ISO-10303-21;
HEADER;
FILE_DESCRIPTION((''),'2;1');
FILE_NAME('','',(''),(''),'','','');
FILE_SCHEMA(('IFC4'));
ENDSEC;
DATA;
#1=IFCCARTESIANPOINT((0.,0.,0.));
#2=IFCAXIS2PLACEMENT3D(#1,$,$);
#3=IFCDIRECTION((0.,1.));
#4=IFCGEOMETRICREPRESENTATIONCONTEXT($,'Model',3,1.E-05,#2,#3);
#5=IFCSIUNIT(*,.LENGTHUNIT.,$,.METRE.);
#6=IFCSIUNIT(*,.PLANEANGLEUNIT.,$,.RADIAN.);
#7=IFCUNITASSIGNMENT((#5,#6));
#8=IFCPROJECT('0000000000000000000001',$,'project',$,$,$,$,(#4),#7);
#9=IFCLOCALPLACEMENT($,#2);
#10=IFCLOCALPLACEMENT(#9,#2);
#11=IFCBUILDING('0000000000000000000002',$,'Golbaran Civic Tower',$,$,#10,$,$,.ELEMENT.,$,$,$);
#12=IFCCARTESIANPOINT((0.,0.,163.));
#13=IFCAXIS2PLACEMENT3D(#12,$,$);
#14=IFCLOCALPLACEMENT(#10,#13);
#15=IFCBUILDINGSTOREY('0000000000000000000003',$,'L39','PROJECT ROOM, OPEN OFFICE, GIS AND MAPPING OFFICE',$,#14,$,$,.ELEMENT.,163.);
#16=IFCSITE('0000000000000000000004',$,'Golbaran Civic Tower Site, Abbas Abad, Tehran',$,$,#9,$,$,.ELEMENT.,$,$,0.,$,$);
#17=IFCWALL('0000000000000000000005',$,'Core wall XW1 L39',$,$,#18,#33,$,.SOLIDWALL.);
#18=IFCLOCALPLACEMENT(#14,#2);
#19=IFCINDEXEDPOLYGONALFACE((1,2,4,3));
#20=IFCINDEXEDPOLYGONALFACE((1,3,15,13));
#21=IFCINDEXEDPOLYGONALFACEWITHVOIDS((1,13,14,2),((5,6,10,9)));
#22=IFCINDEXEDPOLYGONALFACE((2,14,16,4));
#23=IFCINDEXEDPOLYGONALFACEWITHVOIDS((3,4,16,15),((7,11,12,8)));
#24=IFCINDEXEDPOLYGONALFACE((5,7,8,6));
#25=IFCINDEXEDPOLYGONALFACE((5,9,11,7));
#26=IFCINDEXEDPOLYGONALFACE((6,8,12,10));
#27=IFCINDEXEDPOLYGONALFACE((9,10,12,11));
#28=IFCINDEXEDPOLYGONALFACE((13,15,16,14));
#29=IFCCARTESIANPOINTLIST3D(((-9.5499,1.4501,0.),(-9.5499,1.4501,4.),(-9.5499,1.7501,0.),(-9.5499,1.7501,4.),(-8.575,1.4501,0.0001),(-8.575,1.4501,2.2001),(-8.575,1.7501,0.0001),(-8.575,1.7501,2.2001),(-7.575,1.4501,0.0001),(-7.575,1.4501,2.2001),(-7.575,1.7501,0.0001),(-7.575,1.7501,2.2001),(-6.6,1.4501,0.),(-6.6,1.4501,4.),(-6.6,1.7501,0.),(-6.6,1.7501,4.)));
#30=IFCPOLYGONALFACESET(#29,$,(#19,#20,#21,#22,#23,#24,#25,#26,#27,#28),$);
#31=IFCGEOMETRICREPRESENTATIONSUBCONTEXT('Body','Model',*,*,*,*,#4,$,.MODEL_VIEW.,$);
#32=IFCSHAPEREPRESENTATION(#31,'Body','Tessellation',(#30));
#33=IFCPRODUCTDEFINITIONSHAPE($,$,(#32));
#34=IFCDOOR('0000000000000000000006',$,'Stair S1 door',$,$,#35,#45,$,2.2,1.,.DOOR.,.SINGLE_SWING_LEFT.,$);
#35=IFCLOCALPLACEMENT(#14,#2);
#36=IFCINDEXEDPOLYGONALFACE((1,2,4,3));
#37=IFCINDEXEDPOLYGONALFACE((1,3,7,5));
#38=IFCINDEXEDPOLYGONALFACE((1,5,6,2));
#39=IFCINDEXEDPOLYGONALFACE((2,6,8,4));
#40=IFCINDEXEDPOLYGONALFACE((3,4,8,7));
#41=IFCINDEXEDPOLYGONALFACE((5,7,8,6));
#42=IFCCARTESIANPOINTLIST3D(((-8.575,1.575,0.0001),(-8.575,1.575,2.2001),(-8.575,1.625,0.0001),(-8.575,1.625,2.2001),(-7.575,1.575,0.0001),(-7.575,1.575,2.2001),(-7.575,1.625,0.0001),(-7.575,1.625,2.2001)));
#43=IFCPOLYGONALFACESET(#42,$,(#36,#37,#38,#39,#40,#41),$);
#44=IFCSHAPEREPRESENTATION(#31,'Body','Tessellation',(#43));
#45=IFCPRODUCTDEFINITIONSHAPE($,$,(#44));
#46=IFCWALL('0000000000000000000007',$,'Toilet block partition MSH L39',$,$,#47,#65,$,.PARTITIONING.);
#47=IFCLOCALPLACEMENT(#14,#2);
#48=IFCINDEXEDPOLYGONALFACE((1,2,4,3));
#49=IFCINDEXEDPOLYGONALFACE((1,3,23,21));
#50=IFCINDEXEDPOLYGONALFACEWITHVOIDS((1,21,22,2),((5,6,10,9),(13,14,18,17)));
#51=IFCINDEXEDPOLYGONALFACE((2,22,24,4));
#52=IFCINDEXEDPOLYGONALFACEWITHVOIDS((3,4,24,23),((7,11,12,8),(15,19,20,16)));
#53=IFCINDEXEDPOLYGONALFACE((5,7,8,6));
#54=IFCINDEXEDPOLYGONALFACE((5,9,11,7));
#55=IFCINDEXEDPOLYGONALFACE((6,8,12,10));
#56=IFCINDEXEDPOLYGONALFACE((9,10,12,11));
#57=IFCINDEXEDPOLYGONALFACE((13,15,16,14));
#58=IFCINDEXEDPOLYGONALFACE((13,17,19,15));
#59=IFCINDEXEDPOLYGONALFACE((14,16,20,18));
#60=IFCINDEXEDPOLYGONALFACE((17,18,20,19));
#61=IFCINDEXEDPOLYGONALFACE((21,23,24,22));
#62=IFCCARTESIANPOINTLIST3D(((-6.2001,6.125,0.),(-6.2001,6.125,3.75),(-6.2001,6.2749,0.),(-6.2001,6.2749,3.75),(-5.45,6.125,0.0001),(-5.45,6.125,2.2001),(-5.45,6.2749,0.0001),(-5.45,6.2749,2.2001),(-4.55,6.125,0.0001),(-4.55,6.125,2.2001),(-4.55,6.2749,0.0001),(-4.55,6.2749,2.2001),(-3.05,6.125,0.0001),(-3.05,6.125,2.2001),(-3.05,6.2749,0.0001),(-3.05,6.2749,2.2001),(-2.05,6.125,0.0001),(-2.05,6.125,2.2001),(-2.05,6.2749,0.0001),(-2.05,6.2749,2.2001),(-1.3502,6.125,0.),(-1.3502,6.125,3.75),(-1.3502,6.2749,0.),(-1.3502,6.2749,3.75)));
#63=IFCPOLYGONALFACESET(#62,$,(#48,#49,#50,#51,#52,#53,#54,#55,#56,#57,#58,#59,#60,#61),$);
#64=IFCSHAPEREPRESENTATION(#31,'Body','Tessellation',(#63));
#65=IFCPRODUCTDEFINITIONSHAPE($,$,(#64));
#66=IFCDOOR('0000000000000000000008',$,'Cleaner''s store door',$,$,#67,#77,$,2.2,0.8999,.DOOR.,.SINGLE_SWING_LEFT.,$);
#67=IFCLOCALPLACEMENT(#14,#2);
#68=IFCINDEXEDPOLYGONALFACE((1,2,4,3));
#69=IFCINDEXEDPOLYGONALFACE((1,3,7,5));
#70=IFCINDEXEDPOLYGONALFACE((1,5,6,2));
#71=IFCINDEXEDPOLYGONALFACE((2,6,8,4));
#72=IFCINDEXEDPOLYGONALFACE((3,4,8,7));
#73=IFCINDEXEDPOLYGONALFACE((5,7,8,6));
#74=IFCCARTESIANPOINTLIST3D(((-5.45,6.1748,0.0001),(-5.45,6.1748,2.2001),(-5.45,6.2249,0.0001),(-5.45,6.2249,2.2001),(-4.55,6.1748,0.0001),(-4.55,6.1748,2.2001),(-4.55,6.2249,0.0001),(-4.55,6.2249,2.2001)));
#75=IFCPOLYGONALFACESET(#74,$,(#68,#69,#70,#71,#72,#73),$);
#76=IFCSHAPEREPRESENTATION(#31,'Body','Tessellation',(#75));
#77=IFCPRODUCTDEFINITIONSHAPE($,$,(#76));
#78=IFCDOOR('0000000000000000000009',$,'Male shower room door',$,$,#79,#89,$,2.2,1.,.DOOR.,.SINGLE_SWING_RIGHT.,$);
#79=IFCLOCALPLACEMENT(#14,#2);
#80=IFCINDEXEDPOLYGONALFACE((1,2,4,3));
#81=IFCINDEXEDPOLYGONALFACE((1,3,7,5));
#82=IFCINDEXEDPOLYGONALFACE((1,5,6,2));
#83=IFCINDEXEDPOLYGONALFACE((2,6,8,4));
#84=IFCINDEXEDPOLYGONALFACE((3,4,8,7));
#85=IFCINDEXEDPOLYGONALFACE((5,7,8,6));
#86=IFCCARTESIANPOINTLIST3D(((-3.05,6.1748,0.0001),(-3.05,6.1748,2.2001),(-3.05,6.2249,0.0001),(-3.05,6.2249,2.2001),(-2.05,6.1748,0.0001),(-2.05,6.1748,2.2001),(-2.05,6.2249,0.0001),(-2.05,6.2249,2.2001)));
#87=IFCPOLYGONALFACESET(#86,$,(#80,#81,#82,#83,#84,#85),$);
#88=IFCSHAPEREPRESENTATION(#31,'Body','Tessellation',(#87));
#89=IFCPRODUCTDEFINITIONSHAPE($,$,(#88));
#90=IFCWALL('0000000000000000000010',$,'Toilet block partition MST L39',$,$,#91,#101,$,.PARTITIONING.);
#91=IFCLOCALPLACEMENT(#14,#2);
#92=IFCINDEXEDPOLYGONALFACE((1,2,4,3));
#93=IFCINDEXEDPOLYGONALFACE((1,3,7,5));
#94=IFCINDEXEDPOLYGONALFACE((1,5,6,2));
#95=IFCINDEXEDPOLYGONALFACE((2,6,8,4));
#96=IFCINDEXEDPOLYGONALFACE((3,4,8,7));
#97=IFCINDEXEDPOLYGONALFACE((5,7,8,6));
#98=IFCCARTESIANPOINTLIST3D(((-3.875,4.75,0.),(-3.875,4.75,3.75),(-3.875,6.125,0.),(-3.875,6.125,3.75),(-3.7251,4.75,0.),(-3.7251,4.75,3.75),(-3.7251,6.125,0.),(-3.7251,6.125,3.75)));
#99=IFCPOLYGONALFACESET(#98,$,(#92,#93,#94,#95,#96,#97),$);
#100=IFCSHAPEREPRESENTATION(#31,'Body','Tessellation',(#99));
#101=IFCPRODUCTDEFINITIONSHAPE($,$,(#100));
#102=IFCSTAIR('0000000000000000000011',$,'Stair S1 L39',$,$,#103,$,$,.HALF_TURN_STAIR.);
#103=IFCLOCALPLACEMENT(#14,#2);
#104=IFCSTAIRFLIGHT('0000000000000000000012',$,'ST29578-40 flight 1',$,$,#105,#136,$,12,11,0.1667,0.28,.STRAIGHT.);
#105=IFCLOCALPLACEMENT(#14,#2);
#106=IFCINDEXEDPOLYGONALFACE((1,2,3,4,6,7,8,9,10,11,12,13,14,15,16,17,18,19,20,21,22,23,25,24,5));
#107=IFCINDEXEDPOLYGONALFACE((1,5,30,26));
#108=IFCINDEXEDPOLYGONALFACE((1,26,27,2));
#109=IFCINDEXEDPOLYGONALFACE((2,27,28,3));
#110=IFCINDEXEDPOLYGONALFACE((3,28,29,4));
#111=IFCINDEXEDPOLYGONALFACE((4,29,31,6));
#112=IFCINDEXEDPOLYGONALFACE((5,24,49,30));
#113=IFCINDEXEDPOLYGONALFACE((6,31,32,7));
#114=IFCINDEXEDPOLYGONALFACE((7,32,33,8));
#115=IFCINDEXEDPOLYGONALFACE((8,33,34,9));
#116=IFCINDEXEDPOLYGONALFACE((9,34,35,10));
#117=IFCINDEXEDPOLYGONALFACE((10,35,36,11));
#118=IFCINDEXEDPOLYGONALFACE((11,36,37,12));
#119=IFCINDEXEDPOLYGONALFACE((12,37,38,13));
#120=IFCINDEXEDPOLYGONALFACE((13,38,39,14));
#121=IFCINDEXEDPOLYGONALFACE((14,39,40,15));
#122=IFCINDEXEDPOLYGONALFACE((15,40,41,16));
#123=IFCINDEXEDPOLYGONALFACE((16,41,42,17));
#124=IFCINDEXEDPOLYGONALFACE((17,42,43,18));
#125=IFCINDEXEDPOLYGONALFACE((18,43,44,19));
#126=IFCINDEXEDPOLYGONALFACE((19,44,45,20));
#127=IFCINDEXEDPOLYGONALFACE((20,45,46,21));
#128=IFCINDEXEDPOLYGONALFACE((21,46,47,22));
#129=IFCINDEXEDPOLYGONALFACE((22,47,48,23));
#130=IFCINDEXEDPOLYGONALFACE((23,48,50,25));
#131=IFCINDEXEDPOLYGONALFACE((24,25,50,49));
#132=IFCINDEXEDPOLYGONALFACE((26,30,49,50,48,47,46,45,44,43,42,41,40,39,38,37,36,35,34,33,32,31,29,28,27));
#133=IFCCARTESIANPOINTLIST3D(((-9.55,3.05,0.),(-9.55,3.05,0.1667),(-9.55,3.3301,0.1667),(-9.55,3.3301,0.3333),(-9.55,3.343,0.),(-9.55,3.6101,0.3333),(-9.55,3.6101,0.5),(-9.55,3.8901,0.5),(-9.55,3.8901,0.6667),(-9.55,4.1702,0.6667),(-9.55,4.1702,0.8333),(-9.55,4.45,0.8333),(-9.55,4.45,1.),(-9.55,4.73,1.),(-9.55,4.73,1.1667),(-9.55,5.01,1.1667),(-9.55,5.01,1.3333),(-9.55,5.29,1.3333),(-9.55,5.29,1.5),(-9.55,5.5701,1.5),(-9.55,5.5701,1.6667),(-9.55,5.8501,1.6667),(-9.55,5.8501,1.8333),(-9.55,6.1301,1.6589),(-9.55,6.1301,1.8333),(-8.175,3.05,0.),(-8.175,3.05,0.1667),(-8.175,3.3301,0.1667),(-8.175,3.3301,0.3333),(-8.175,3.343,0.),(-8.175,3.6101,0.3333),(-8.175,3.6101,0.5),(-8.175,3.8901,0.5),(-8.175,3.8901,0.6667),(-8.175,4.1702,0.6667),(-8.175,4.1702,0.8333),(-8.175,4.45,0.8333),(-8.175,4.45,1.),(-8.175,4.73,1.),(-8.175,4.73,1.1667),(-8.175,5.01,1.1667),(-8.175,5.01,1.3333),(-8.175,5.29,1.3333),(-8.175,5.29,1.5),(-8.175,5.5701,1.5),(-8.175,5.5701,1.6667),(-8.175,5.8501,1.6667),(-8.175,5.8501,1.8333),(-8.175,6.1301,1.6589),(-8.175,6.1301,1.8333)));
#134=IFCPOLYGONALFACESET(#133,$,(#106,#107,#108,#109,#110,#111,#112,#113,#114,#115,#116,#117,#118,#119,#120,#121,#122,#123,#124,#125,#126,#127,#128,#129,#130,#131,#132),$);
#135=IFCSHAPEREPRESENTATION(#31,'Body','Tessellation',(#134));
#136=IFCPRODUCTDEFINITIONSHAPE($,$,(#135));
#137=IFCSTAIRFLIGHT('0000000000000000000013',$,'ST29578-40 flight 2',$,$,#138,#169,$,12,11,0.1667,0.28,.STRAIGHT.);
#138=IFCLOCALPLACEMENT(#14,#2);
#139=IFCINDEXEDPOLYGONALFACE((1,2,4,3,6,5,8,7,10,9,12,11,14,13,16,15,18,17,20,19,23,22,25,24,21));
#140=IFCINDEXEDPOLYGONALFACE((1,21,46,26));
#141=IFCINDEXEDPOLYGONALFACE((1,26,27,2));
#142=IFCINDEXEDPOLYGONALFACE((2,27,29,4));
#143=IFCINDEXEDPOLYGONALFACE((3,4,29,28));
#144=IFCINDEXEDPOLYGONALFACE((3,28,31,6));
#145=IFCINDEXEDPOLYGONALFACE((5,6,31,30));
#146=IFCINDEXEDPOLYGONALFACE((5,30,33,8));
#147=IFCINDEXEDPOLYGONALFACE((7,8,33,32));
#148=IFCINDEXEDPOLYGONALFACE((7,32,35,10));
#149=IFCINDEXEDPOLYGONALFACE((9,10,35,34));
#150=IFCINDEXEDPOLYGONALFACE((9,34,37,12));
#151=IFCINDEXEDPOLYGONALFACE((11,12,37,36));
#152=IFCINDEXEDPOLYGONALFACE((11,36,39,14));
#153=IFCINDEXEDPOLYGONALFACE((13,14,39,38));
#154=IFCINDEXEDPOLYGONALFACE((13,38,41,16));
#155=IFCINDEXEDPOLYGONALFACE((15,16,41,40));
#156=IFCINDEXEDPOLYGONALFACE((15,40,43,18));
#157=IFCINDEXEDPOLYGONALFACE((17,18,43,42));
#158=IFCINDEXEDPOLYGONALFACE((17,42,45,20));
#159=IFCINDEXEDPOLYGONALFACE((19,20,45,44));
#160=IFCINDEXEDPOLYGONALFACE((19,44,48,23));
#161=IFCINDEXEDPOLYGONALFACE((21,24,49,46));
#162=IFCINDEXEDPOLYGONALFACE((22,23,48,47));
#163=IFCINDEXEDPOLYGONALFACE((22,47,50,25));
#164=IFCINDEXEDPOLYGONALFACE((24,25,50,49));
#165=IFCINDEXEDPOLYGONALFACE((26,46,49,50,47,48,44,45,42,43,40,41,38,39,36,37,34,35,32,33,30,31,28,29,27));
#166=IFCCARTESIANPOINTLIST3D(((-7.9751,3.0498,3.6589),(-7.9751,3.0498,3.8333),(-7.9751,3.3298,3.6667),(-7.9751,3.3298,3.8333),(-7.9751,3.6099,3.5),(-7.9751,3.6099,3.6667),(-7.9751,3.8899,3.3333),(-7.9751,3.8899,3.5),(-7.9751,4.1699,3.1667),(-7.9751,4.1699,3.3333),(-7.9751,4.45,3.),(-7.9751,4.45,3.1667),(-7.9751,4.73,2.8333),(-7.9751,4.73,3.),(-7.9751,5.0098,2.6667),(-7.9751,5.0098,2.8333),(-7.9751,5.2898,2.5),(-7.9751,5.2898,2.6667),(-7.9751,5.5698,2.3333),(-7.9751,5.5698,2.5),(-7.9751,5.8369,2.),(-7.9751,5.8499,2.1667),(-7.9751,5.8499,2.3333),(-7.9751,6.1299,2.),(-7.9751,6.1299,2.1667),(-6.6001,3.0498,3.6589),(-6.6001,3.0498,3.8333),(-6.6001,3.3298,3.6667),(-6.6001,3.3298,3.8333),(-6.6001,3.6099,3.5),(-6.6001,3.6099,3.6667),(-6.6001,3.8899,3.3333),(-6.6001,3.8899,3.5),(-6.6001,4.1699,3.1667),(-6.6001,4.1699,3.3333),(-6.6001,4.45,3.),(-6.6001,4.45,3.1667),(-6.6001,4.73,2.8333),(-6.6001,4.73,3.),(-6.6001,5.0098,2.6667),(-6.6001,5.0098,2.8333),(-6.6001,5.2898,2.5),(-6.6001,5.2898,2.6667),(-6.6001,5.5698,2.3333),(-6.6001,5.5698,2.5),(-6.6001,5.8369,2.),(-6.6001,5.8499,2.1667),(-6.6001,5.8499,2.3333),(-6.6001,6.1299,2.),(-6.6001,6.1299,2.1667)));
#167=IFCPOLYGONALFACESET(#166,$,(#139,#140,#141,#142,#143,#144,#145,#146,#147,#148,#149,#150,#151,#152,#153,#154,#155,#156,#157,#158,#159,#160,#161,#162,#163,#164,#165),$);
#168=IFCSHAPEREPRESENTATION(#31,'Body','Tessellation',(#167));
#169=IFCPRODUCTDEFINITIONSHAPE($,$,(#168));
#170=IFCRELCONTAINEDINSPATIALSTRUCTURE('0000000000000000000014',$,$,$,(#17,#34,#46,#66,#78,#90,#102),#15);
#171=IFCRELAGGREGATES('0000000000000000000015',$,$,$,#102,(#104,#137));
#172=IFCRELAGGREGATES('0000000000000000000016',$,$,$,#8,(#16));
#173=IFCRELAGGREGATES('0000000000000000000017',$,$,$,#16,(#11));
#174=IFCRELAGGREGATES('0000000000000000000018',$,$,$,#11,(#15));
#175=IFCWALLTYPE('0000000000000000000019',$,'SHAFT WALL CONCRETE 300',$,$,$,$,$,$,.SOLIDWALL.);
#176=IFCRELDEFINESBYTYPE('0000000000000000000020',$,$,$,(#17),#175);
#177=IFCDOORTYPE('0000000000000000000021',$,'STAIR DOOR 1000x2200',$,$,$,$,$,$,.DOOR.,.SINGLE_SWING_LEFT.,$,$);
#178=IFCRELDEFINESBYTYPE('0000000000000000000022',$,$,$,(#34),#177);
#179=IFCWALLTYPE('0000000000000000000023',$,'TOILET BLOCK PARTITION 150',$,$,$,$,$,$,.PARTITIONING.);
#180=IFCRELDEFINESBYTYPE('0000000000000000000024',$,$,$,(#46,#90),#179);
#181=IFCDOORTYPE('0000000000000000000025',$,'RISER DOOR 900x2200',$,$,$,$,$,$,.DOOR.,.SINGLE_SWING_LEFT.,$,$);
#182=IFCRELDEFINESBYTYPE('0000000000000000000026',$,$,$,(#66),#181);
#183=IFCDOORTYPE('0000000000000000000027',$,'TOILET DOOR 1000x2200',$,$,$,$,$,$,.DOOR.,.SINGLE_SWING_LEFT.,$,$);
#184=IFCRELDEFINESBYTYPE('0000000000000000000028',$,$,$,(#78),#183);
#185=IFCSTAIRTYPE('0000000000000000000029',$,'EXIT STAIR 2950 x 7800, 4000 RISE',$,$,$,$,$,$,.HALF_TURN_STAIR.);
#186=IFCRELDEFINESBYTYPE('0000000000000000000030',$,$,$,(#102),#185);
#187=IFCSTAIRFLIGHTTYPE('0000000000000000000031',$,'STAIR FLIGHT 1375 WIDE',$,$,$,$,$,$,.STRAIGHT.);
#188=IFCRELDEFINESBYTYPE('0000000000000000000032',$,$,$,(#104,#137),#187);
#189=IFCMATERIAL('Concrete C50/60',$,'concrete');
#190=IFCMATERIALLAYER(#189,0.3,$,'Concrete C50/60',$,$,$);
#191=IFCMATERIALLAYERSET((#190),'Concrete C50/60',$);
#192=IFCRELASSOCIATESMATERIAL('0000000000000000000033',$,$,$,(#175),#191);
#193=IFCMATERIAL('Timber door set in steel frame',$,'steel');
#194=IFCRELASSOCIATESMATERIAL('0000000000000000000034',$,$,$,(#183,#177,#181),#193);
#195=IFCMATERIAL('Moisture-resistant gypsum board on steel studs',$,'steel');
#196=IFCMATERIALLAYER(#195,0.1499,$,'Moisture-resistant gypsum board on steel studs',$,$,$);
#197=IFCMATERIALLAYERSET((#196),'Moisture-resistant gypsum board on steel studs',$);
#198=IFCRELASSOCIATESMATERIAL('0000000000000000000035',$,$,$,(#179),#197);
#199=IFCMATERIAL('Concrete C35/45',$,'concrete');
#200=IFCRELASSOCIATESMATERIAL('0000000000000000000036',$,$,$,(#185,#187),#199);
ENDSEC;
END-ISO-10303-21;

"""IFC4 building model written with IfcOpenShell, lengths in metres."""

from ifc_helpers import new_model, si_unit, direction, frame, frame_2d, origin, place, context, subcontext, project, spatial, polyline, rectangle, outline, extrude, material, layer, layer_set, type_object, element, fill, aggregate, save


model = new_model("IFC4")

# Units and contexts
model_context = context("Model", 3, precision=1e-05, world=origin(), true_north=direction((0.0, 1.0)))
body_context = subcontext(model_context, "Body", "Model", "MODEL_VIEW")
ifc_project = project(units=[si_unit("LENGTHUNIT", "METRE"), si_unit("PLANEANGLEUNIT", "RADIAN")], contexts=[model_context])

# Site, building, storey
site_placement = place(None, origin())
site = spatial("IfcSite", under=ifc_project, at=site_placement, Name="Golbaran Civic Tower Site, Abbas Abad, Tehran", CompositionType="ELEMENT", RefElevation=0.0)
building_placement = place(site_placement, origin())
building = spatial("IfcBuilding", under=site, at=building_placement, Name="Golbaran Civic Tower", CompositionType="ELEMENT")
storey_placement = place(building_placement, frame((0.0, 0.0, 163.0)))
storey = spatial("IfcBuildingStorey", under=building, at=storey_placement, Name="L39", Description="PROJECT ROOM, OPEN OFFICE, GIS AND MAPPING OFFICE", CompositionType="ELEMENT", Elevation=163.0)

# Shared definitions
ifc_material_1 = material(Name="Timber door set in steel frame", Category="steel")

# Shared definitions
ifc_material_2 = material(Name="Concrete C50/60", Category="concrete")
ifc_layer_1 = layer(ifc_material_2, 0.3, Name="Concrete C50/60")
ifc_layer_set_1 = layer_set([ifc_layer_1], Name="Concrete C50/60")
wall_type_1 = type_object("IfcWallType", Name="SHAFT WALL CONCRETE 300", PredefinedType="SOLIDWALL", material=ifc_layer_set_1)

# Wall, opening, door
door_type_1 = type_object("IfcDoorType", Name="TOILET DOOR 1000x2200", OperationType="SINGLE_SWING_LEFT", PredefinedType="DOOR", material=ifc_material_1)
wall_1_placement = place(storey_placement, frame((-9.55, 1.6001, 0.0), z_axis=(0.0, 0.0, 1.0), x_axis=(1.0, 0.0, 0.0)))
wall_1 = element("IfcWall", 1, at=wall_1_placement, inside=storey, type_object=wall_type_1, Name="Core wall XW1 L39", PredefinedType="SOLIDWALL", context=body_context, shape_type="SweptSolid", body=[
    extrude(rectangle(XDim=2.95, YDim=0.3, at=frame_2d((1.4751, 0.0))), origin(), (0.0, 0.0, 1.0), 4.0),
])
opening_1_placement = place(wall_1_placement, frame((0.9751, 0.0, 0.0)))
opening_1 = element("IfcOpeningElement", 2, at=opening_1_placement, cuts=wall_1, PredefinedType="OPENING", context=body_context, shape_type="SweptSolid", body=[
    extrude(rectangle(XDim=1.0, YDim=2.2, at=frame_2d((0.5, 1.1001))), frame((0.0, 0.1599, 0.0), z_axis=(0.0, -1.0, 0.0), x_axis=(1.0, 0.0, 0.0)), (0.0, 0.0, 1.0), 0.3201),
])
door_type_2 = type_object("IfcDoorType", Name="STAIR DOOR 1000x2200", OperationType="SINGLE_SWING_LEFT", PredefinedType="DOOR", material=ifc_material_1)
door_1_placement = place(opening_1_placement, origin())
door_1 = element("IfcDoor", 3, at=door_1_placement, inside=storey, type_object=door_type_2, Name="Stair S1 door", OperationType="SINGLE_SWING_LEFT", OverallHeight=2.2, OverallWidth=1.0, PredefinedType="DOOR", context=body_context, shape_type="SweptSolid", body=[
    extrude(rectangle(XDim=1.0, YDim=2.2, at=frame_2d((0.5, 1.1001))), frame((0.0, 0.0249, 0.0), z_axis=(0.0, -1.0, 0.0), x_axis=(1.0, 0.0, 0.0)), (0.0, 0.0, 1.0), 0.05),
])
fill(opening_1, door_1)

# Wall, openings, doors
ifc_material_3 = material(Name="Moisture-resistant gypsum board on steel studs", Category="steel")
ifc_layer_2 = layer(ifc_material_3, 0.1499, Name="Moisture-resistant gypsum board on steel studs")
ifc_layer_set_2 = layer_set([ifc_layer_2], Name="Moisture-resistant gypsum board on steel studs")
wall_type_2 = type_object("IfcWallType", Name="TOILET BLOCK PARTITION 150", PredefinedType="PARTITIONING", material=ifc_layer_set_2)
wall_2_placement = place(storey_placement, frame((-6.2, 6.2, 0.0), z_axis=(0.0, 0.0, 1.0), x_axis=(1.0, 0.0, 0.0)))
wall_2 = element("IfcWall", 4, at=wall_2_placement, inside=storey, type_object=wall_type_2, Name="Toilet block partition MSH L39", PredefinedType="PARTITIONING", context=body_context, shape_type="SweptSolid", body=[
    extrude(rectangle(XDim=4.8499, YDim=0.1499, at=frame_2d((2.4248, 0.0))), origin(), (0.0, 0.0, 1.0), 3.75),
])
opening_2_placement = place(wall_2_placement, frame((3.1499, 0.0, 0.0)))
opening_2 = element("IfcOpeningElement", 5, at=opening_2_placement, cuts=wall_2, PredefinedType="OPENING", context=body_context, shape_type="SweptSolid", body=[
    extrude(rectangle(XDim=1.0, YDim=2.2, at=frame_2d((0.5, 1.1001))), frame((0.0, 0.085, 0.0), z_axis=(0.0, -1.0, 0.0), x_axis=(1.0, 0.0, 0.0)), (0.0, 0.0, 1.0), 0.1699),
])
opening_3_placement = place(wall_2_placement, frame((0.75, 0.0, 0.0)))
opening_3 = element("IfcOpeningElement", 6, at=opening_3_placement, cuts=wall_2, PredefinedType="OPENING", context=body_context, shape_type="SweptSolid", body=[
    extrude(rectangle(XDim=0.8999, YDim=2.2, at=frame_2d((0.45, 1.1001))), frame((0.0, 0.085, 0.0), z_axis=(0.0, -1.0, 0.0), x_axis=(1.0, 0.0, 0.0)), (0.0, 0.0, 1.0), 0.1699),
])
door_type_3 = type_object("IfcDoorType", Name="RISER DOOR 900x2200", OperationType="SINGLE_SWING_LEFT", PredefinedType="DOOR", material=ifc_material_1)
door_2_placement = place(opening_3_placement, origin())
door_2 = element("IfcDoor", 7, at=door_2_placement, inside=storey, type_object=door_type_3, Name="Cleaner's store door", OperationType="SINGLE_SWING_LEFT", OverallHeight=2.2, OverallWidth=0.8999, PredefinedType="DOOR", context=body_context, shape_type="SweptSolid", body=[
    extrude(rectangle(XDim=0.8999, YDim=2.2, at=frame_2d((0.45, 1.1001))), frame((0.0, 0.0249, 0.0), z_axis=(0.0, -1.0, 0.0), x_axis=(1.0, 0.0, 0.0)), (0.0, 0.0, 1.0), 0.05),
])
fill(opening_3, door_2)
door_3_placement = place(opening_2_placement, origin())
door_3 = element("IfcDoor", 8, at=door_3_placement, inside=storey, type_object=door_type_1, Name="Male shower room door", OperationType="SINGLE_SWING_RIGHT", OverallHeight=2.2, OverallWidth=1.0, PredefinedType="DOOR", context=body_context, shape_type="SweptSolid", body=[
    extrude(rectangle(XDim=1.0, YDim=2.2, at=frame_2d((0.5, 1.1001))), frame((0.0, 0.0249, 0.0), z_axis=(0.0, -1.0, 0.0), x_axis=(1.0, 0.0, 0.0)), (0.0, 0.0, 1.0), 0.05),
])
fill(opening_2, door_3)

# Wall
wall_3_placement = place(storey_placement, frame((-3.8, 4.75, 0.0), z_axis=(0.0, 0.0, 1.0), x_axis=(0.0, 1.0, 0.0)))
element("IfcWall", 9, at=wall_3_placement, inside=storey, type_object=wall_type_2, Name="Toilet block partition MST L39", PredefinedType="PARTITIONING", context=body_context, shape_type="SweptSolid", body=[
    extrude(rectangle(XDim=1.375, YDim=0.1499, at=frame_2d((0.6875, 0.0))), origin(), (0.0, 0.0, 1.0), 3.75),
])

# Stair, stair flights
ifc_material_4 = material(Name="Concrete C35/45", Category="concrete")
stair_type = type_object("IfcStairType", Name="EXIT STAIR 2950 x 7800, 4000 RISE", PredefinedType="HALF_TURN_STAIR", material=ifc_material_4)
stair_placement = place(storey_placement, origin())
stair = element("IfcStair", 10, at=stair_placement, inside=storey, type_object=stair_type, Name="Stair S1 L39", PredefinedType="HALF_TURN_STAIR")
stair_flight_type = type_object("IfcStairFlightType", Name="STAIR FLIGHT 1375 WIDE", PredefinedType="STRAIGHT", material=ifc_material_4)
stair_flight_1_placement = place(storey_placement, frame((-8.8625, 3.05, 0.0), z_axis=(0.0, 0.0, 1.0), x_axis=(0.0, 1.0, 0.0)))
stair_flight_1 = element("IfcStairFlight", 11, at=stair_flight_1_placement, type_object=stair_flight_type, Name="ST29578-40 flight 1", NumberOfRisers=12, NumberOfTreads=11, PredefinedType="STRAIGHT", RiserHeight=0.1667, TreadLength=0.28, context=body_context, shape_type="SweptSolid", body=[
    extrude(outline(polyline([(0.0, 0.0), (0.0, 0.1667), (0.28, 0.1667), (0.28, 0.3333), (0.5601, 0.3333), (0.5601, 0.5), (0.8401, 0.5), (0.8401, 0.6667), (1.1201, 0.6667), (1.1201, 0.8333), (1.3999, 0.8333), (1.3999, 1.0), (1.6799, 1.0), (1.6799, 1.1667), (1.96, 1.1667), (1.96, 1.3333), (2.24, 1.3333), (2.24, 1.5), (2.52, 1.5), (2.52, 1.6667), (2.8, 1.6667), (2.8, 1.8333), (3.0801, 1.8333), (3.0801, 2.0), (3.0801, 1.6589), (0.293, 0.0), (0.0, 0.0)])), frame((0.0, 0.6875, 0.0), z_axis=(0.0, -1.0, 0.0), x_axis=(1.0, 0.0, 0.0)), (0.0, 0.0, 1.0), 1.375),
])
stair_flight_2_placement = place(storey_placement, frame((-7.2876, 6.1299, 2.0), z_axis=(0.0, 0.0, 1.0), x_axis=(0.0, -1.0, 0.0)))
stair_flight_2 = element("IfcStairFlight", 12, at=stair_flight_2_placement, type_object=stair_flight_type, Name="ST29578-40 flight 2", NumberOfRisers=12, NumberOfTreads=11, PredefinedType="STRAIGHT", RiserHeight=0.1667, TreadLength=0.28, context=body_context, shape_type="SweptSolid", body=[
    extrude(outline(polyline([(0.0, 0.0), (0.0, 0.1667), (0.28, 0.1667), (0.28, 0.3333), (0.5601, 0.3333), (0.5601, 0.5), (0.8401, 0.5), (0.8401, 0.6667), (1.1201, 0.6667), (1.1201, 0.8333), (1.3999, 0.8333), (1.3999, 1.0), (1.6799, 1.0), (1.6799, 1.1667), (1.96, 1.1667), (1.96, 1.3333), (2.24, 1.3333), (2.24, 1.5), (2.52, 1.5), (2.52, 1.6667), (2.8, 1.6667), (2.8, 1.8333), (3.0801, 1.8333), (3.0801, 2.0), (3.0801, 1.6589), (0.293, 0.0), (0.0, 0.0)])), frame((0.0, 0.6875, 0.0), z_axis=(0.0, -1.0, 0.0), x_axis=(1.0, 0.0, 0.0)), (0.0, 0.0, 1.0), 1.375),
])
aggregate(stair, [stair_flight_1, stair_flight_2])

save(model, "model.ifc")
